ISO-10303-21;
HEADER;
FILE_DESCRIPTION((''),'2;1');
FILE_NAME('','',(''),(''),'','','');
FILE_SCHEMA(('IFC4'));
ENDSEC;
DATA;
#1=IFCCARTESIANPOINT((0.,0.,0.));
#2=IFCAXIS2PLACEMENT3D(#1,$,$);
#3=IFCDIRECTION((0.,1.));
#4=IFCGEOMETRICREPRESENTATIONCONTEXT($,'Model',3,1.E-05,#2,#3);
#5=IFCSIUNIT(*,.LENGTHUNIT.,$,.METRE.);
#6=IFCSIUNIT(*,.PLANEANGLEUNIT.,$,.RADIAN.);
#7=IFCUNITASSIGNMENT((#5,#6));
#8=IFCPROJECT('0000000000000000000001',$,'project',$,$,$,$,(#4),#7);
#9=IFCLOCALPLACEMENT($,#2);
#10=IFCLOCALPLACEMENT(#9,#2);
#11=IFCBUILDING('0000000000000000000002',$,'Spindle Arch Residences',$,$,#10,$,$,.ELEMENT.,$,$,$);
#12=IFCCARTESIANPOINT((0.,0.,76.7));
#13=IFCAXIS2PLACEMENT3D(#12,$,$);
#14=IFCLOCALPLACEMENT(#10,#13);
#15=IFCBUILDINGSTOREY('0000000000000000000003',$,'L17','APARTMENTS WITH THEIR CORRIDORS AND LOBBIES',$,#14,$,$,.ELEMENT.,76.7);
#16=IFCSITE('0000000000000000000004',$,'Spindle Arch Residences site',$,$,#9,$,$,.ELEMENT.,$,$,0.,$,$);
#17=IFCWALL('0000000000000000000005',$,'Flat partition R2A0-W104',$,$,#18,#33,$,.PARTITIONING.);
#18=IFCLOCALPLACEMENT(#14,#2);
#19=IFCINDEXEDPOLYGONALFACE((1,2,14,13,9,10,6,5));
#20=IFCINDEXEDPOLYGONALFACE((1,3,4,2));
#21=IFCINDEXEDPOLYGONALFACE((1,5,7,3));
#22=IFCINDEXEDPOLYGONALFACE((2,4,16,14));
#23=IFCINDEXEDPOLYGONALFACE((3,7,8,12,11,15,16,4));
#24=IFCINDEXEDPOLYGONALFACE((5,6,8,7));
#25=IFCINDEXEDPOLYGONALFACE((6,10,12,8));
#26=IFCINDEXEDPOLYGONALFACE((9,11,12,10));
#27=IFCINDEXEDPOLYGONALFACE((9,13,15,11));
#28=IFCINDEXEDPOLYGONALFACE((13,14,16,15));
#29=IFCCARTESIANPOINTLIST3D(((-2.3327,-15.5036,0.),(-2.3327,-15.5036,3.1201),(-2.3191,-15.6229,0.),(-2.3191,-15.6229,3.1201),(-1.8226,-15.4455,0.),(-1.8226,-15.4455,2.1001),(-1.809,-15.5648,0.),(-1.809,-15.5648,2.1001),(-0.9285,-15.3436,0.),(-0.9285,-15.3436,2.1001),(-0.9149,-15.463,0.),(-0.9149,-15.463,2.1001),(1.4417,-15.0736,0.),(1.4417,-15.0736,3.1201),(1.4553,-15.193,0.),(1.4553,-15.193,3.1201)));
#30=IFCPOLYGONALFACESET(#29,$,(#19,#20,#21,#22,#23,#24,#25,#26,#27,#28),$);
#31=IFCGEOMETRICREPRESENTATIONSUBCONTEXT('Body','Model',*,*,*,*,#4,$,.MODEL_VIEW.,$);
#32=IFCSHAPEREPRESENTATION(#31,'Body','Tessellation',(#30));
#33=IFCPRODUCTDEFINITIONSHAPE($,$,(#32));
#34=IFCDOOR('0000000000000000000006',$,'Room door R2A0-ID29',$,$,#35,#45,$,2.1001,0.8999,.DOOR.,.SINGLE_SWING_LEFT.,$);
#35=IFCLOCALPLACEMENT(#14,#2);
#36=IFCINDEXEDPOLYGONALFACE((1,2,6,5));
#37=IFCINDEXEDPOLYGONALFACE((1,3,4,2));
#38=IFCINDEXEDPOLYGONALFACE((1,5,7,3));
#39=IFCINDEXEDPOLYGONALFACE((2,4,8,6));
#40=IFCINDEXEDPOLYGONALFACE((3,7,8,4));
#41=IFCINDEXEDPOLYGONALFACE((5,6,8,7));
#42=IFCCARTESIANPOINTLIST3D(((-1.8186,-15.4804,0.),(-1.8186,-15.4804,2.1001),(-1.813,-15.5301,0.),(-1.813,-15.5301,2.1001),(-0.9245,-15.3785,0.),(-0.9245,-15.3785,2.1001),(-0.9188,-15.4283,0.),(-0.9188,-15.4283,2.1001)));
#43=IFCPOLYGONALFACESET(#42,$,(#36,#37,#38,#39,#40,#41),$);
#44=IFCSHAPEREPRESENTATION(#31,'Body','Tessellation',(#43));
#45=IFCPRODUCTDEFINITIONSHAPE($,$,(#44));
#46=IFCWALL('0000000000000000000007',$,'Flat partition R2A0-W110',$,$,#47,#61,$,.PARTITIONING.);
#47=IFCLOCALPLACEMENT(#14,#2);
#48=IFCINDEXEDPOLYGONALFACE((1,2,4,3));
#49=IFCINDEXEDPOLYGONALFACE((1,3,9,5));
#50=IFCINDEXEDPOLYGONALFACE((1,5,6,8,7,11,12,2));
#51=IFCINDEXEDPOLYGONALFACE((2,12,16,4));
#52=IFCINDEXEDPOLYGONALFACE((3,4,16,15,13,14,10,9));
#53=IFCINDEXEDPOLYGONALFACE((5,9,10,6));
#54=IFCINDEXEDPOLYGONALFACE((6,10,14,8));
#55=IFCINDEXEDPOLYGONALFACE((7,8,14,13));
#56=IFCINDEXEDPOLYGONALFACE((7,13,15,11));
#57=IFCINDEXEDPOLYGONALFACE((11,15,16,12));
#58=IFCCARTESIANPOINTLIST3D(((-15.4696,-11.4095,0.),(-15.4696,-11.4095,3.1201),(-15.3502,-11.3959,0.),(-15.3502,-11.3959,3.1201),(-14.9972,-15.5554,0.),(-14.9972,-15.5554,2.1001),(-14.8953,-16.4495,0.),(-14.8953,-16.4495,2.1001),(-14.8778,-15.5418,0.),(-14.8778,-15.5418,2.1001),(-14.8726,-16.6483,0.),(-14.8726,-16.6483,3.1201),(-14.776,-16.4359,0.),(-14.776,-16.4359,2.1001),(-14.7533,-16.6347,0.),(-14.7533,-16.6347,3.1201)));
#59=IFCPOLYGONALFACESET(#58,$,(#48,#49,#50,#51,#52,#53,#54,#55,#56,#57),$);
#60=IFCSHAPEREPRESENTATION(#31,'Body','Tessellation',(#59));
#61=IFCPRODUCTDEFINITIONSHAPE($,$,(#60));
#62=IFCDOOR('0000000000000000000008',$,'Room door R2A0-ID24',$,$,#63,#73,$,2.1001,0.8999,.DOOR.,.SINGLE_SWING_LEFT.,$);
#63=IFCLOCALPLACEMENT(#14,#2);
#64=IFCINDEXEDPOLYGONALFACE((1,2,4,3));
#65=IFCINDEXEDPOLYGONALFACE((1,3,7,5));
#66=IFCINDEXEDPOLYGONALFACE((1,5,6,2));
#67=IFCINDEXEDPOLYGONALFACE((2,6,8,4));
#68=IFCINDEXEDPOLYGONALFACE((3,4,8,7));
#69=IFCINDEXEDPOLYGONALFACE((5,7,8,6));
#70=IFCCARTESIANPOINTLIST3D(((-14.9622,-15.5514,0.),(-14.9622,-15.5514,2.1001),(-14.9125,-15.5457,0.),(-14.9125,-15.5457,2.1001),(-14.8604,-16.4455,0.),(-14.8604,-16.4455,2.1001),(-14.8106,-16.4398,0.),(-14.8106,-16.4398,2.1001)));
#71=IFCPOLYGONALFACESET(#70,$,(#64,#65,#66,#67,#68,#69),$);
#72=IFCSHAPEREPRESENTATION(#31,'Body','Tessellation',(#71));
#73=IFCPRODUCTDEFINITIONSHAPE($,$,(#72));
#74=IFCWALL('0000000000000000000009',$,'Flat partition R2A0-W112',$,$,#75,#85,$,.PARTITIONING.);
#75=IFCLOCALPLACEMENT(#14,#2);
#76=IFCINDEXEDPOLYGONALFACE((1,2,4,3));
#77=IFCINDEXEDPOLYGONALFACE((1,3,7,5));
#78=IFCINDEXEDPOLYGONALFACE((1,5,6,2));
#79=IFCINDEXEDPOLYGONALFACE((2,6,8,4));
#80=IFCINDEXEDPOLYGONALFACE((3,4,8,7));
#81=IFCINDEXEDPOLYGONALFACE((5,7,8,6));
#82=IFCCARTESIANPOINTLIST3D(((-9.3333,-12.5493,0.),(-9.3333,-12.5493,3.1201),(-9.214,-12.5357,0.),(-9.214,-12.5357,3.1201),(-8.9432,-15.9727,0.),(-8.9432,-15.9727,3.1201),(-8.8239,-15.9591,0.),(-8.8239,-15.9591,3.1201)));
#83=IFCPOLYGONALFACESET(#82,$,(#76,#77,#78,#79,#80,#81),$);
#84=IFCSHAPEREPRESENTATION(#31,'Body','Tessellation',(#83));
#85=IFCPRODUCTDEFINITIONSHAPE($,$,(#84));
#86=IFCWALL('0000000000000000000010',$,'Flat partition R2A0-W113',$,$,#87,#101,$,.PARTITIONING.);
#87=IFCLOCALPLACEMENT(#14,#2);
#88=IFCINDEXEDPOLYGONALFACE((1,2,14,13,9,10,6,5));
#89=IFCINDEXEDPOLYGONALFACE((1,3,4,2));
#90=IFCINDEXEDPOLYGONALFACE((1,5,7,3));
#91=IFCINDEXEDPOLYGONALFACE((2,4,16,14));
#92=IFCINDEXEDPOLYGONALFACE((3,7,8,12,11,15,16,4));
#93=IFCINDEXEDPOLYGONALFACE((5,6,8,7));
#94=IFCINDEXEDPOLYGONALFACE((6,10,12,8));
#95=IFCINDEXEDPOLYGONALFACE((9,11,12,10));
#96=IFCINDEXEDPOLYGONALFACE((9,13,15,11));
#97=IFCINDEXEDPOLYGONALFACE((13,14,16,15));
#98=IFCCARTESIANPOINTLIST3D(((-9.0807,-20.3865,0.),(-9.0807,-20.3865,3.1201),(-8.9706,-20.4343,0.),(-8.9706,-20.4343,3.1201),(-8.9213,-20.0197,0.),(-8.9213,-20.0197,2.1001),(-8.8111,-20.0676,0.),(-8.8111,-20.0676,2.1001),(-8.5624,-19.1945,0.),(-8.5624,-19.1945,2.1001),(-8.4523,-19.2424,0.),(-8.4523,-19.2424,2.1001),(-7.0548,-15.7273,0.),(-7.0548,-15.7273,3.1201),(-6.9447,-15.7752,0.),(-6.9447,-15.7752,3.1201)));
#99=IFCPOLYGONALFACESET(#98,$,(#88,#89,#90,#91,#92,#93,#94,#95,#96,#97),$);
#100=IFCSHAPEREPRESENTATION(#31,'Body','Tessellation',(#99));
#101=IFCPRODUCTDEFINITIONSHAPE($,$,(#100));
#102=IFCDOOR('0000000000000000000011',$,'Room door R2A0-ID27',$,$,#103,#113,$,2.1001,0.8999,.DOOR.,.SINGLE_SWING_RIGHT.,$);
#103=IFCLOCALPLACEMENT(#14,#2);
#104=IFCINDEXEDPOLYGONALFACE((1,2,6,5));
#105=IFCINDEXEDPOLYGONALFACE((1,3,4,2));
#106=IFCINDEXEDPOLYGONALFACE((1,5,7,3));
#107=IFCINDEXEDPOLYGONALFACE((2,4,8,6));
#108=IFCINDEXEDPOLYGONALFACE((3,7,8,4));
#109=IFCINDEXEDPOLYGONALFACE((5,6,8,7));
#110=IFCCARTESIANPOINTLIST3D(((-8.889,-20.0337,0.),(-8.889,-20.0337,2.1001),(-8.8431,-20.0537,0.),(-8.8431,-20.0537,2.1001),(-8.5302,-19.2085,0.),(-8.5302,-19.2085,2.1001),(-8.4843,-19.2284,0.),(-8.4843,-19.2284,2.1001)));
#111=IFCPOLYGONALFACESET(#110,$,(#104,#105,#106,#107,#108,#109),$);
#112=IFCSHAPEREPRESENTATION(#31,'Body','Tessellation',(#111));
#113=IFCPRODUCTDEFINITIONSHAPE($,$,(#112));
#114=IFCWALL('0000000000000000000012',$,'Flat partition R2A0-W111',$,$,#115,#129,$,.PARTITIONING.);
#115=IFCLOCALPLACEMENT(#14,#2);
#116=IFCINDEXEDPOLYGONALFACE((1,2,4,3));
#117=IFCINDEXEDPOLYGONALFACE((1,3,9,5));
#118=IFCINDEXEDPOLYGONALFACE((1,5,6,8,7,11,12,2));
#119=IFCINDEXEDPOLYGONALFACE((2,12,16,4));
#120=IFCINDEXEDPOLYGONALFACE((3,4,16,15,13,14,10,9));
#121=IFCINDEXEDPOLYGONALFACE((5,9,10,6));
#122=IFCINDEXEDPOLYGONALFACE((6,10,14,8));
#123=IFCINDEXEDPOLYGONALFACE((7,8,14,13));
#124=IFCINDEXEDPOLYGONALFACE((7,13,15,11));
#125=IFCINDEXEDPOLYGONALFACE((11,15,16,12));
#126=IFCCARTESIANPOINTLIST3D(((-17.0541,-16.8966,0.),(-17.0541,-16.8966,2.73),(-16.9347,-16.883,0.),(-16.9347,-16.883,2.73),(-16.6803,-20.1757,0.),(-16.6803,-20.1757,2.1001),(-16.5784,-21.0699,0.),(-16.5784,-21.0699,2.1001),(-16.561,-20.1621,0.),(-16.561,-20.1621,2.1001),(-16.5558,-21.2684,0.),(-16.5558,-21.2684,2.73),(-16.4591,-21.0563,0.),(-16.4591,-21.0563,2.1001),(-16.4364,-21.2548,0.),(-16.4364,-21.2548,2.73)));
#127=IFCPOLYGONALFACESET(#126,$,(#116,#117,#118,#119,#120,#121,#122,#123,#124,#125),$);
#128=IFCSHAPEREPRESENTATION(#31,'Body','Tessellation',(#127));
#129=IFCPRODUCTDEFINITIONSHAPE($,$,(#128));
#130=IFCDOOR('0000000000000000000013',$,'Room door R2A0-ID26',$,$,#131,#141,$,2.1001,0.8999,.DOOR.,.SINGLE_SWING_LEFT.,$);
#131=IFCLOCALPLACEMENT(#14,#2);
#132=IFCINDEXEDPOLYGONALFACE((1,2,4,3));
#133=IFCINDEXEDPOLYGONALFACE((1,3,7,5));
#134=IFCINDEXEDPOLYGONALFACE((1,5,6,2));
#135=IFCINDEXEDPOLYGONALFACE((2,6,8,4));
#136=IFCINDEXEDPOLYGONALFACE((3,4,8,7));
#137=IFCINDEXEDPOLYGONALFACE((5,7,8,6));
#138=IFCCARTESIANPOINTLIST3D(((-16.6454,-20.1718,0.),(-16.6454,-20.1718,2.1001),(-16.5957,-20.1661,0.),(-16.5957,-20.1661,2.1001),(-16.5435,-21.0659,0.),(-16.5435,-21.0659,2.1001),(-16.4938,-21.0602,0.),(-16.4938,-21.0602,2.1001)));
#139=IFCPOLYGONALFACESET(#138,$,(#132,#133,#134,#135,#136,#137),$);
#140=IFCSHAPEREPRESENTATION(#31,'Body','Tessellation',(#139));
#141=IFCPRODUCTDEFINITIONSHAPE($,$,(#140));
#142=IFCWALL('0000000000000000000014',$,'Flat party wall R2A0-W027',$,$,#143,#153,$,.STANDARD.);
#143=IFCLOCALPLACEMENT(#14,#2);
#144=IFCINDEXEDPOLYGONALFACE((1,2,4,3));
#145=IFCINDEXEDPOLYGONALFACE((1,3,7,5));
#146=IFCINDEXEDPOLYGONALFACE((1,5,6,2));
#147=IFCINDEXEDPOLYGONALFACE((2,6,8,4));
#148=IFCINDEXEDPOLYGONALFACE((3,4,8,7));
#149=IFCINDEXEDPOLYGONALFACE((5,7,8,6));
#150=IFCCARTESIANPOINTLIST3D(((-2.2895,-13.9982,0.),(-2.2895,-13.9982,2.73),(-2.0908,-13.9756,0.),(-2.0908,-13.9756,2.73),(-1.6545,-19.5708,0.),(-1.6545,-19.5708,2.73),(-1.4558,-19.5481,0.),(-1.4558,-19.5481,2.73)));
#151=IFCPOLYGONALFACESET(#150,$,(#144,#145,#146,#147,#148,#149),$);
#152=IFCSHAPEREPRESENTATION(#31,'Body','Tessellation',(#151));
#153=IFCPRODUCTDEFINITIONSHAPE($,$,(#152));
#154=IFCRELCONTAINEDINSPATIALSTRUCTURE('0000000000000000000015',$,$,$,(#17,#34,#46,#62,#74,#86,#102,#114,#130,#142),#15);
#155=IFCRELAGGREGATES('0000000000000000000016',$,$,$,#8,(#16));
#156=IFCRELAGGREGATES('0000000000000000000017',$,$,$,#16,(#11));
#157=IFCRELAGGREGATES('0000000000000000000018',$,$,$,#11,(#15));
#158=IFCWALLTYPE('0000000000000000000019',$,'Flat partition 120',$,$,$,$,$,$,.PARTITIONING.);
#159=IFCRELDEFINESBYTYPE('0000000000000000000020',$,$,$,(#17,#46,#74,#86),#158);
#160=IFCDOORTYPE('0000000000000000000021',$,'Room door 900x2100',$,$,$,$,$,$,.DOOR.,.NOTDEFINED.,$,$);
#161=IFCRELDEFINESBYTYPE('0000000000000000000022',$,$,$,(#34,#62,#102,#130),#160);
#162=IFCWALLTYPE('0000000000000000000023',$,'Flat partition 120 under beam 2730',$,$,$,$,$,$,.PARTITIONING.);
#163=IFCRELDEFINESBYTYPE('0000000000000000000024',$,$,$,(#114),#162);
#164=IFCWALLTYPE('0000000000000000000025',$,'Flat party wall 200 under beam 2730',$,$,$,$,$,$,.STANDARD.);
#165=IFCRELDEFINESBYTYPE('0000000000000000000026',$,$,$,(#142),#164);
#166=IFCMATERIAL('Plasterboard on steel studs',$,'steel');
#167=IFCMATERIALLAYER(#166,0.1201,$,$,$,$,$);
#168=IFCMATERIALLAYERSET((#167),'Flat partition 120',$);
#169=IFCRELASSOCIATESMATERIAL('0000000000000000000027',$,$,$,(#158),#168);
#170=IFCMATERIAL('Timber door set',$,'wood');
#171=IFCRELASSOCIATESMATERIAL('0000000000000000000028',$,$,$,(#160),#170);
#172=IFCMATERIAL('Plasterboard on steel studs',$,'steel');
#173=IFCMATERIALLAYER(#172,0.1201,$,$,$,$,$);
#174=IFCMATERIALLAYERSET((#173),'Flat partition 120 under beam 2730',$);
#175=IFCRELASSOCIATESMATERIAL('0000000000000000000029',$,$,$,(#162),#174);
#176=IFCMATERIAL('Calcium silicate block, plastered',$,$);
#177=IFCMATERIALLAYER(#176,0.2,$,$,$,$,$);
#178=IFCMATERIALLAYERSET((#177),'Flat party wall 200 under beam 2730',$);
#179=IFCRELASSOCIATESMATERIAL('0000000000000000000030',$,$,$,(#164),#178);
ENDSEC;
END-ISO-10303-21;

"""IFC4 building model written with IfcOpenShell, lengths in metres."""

from ifc_helpers import new_model, si_unit, direction, frame, frame_2d, origin, place, context, subcontext, project, spatial, rectangle, extrude, material, layer, layer_set, type_object, element, fill, save


model = new_model("IFC4")

# Units and contexts
model_context = context("Model", 3, precision=1e-05, world=origin(), true_north=direction((0.0, 1.0)))
body_context = subcontext(model_context, "Body", "Model", "MODEL_VIEW")
ifc_project = project(units=[si_unit("LENGTHUNIT", "METRE"), si_unit("PLANEANGLEUNIT", "RADIAN")], contexts=[model_context])

# Site, building, storey
site_placement = place(None, origin())
site = spatial("IfcSite", under=ifc_project, at=site_placement, Name="Spindle Arch Residences site", CompositionType="ELEMENT", RefElevation=0.0)
building_placement = place(site_placement, origin())
building = spatial("IfcBuilding", under=site, at=building_placement, Name="Spindle Arch Residences", CompositionType="ELEMENT")
storey_placement = place(building_placement, frame((0.0, 0.0, 76.7)))
storey = spatial("IfcBuildingStorey", under=building, at=storey_placement, Name="L17", Description="APARTMENTS WITH THEIR CORRIDORS AND LOBBIES", CompositionType="ELEMENT", Elevation=76.7)

# Shared definitions
ifc_material_1 = material(Name="Plasterboard on steel studs", Category="steel")
ifc_layer_1 = layer(ifc_material_1, 0.1201)
ifc_layer_set_1 = layer_set([ifc_layer_1], Name="Flat partition 120")
wall_type_1 = type_object("IfcWallType", Name="Flat partition 120", PredefinedType="PARTITIONING", material=ifc_layer_set_1)

# Walls, openings, doors
wall_1_placement = place(storey_placement, frame((-2.3259, -15.5632, 0.0), z_axis=(0.0, 0.0, 1.0), x_axis=(0.993575, 0.113175, 0.0)))
wall_1 = element("IfcWall", 1, at=wall_1_placement, inside=storey, type_object=wall_type_1, Name="Flat partition R2A0-W104", PredefinedType="PARTITIONING", context=body_context, shape_type="SweptSolid", body=[
    extrude(rectangle(XDim=3.7988, YDim=0.1201, at=frame_2d((1.8994, 0.0))), origin(), (0.0, 0.0, 1.0), 3.1201),
])
opening_1_placement = place(wall_1_placement, frame((0.5134, 0.0, 0.0)))
opening_1 = element("IfcOpeningElement", 2, at=opening_1_placement, cuts=wall_1, PredefinedType="OPENING", context=body_context, shape_type="SweptSolid", body=[
    extrude(rectangle(XDim=0.8999, YDim=2.1001, at=frame_2d((0.45, 1.05))), frame((0.0, 0.0701, 0.0), z_axis=(0.0, -1.0, 0.0), x_axis=(1.0, 0.0, 0.0)), (0.0, 0.0, 1.0), 0.1401),
])
ifc_material_2 = material(Name="Timber door set", Category="wood")
door_type_1 = type_object("IfcDoorType", Name="Room door 900x2100", OperationType="NOTDEFINED", PredefinedType="DOOR", material=ifc_material_2)
door_1_placement = place(opening_1_placement, origin())
door_1 = element("IfcDoor", 3, at=door_1_placement, inside=storey, type_object=door_type_1, Name="Room door R2A0-ID29", OperationType="SINGLE_SWING_LEFT", OverallHeight=2.1001, OverallWidth=0.8999, PredefinedType="DOOR", context=body_context, shape_type="SweptSolid", body=[
    extrude(rectangle(XDim=0.8999, YDim=2.1001, at=frame_2d((0.45, 1.05))), frame((0.0, 0.0249, 0.0), z_axis=(0.0, -1.0, 0.0), x_axis=(1.0, 0.0, 0.0)), (0.0, 0.0, 1.0), 0.05),
])
fill(opening_1, door_1)
wall_2_placement = place(storey_placement, frame((-14.813, -16.6414, 0.0), z_axis=(0.0, 0.0, 1.0), x_axis=(-0.113211, 0.993571, 0.0)))
wall_2 = element("IfcWall", 4, at=wall_2_placement, inside=storey, type_object=wall_type_1, Name="Flat partition R2A0-W110", PredefinedType="PARTITIONING", context=body_context, shape_type="SweptSolid", body=[
    extrude(rectangle(XDim=5.2727, YDim=0.1201, at=frame_2d((2.6362, 0.0))), origin(), (0.0, 0.0, 1.0), 3.1201),
])
opening_2_placement = place(wall_2_placement, frame((0.2, 0.0, 0.0)))
opening_2 = element("IfcOpeningElement", 5, at=opening_2_placement, cuts=wall_2, PredefinedType="OPENING", context=body_context, shape_type="SweptSolid", body=[
    extrude(rectangle(XDim=0.8999, YDim=2.1001, at=frame_2d((0.45, 1.05))), frame((0.0, 0.0701, 0.0), z_axis=(0.0, -1.0, 0.0), x_axis=(1.0, 0.0, 0.0)), (0.0, 0.0, 1.0), 0.1401),
])
door_2_placement = place(opening_2_placement, origin())
door_2 = element("IfcDoor", 6, at=door_2_placement, inside=storey, type_object=door_type_1, Name="Room door R2A0-ID24", OperationType="SINGLE_SWING_LEFT", OverallHeight=2.1001, OverallWidth=0.8999, PredefinedType="DOOR", context=body_context, shape_type="SweptSolid", body=[
    extrude(rectangle(XDim=0.8999, YDim=2.1001, at=frame_2d((0.45, 1.05))), frame((0.0, 0.0249, 0.0), z_axis=(0.0, -1.0, 0.0), x_axis=(1.0, 0.0, 0.0)), (0.0, 0.0, 1.0), 0.05),
])
fill(opening_2, door_2)

# Wall
wall_3_placement = place(storey_placement, frame((-8.8835, -15.9658, 0.0), z_axis=(0.0, 0.0, 1.0), x_axis=(-0.113231, 0.993569, 0.0)))
element("IfcWall", 7, at=wall_3_placement, inside=storey, type_object=wall_type_1, Name="Flat partition R2A0-W112", PredefinedType="PARTITIONING", context=body_context, shape_type="SweptSolid", body=[
    extrude(rectangle(XDim=3.4456, YDim=0.1201, at=frame_2d((1.7227, 0.0))), origin(), (0.0, 0.0, 1.0), 3.1201),
])

# Walls, openings, doors
wall_4_placement = place(storey_placement, frame((-9.0256, -20.4104, 0.0), z_axis=(0.0, 0.0, 1.0), x_axis=(0.398751, 0.917059, 0.0)))
wall_4 = element("IfcWall", 8, at=wall_4_placement, inside=storey, type_object=wall_type_1, Name="Flat partition R2A0-W113", PredefinedType="PARTITIONING", context=body_context, shape_type="SweptSolid", body=[
    extrude(rectangle(XDim=5.0806, YDim=0.1201, at=frame_2d((2.5403, 0.0))), origin(), (0.0, 0.0, 1.0), 3.1201),
])
opening_3_placement = place(wall_4_placement, frame((0.3999, 0.0, 0.0)))
opening_3 = element("IfcOpeningElement", 9, at=opening_3_placement, cuts=wall_4, PredefinedType="OPENING", context=body_context, shape_type="SweptSolid", body=[
    extrude(rectangle(XDim=0.8999, YDim=2.1001, at=frame_2d((0.45, 1.05))), frame((0.0, 0.0701, 0.0), z_axis=(0.0, -1.0, 0.0), x_axis=(1.0, 0.0, 0.0)), (0.0, 0.0, 1.0), 0.1401),
])
door_3_placement = place(opening_3_placement, origin())
door_3 = element("IfcDoor", 10, at=door_3_placement, inside=storey, type_object=door_type_1, Name="Room door R2A0-ID27", OperationType="SINGLE_SWING_RIGHT", OverallHeight=2.1001, OverallWidth=0.8999, PredefinedType="DOOR", context=body_context, shape_type="SweptSolid", body=[
    extrude(rectangle(XDim=0.8999, YDim=2.1001, at=frame_2d((0.45, 1.05))), frame((0.0, 0.0249, 0.0), z_axis=(0.0, -1.0, 0.0), x_axis=(1.0, 0.0, 0.0)), (0.0, 0.0, 1.0), 0.05),
])
fill(opening_3, door_3)
ifc_material_3 = material(Name="Plasterboard on steel studs", Category="steel")
ifc_layer_2 = layer(ifc_material_3, 0.1201)
ifc_layer_set_2 = layer_set([ifc_layer_2], Name="Flat partition 120 under beam 2730")
wall_type_2 = type_object("IfcWallType", Name="Flat partition 120 under beam 2730", PredefinedType="PARTITIONING", material=ifc_layer_set_2)
wall_5_placement = place(storey_placement, frame((-16.4961, -21.2617, 0.0), z_axis=(0.0, 0.0, 1.0), x_axis=(-0.113245, 0.993567, 0.0)))
wall_5 = element("IfcWall", 11, at=wall_5_placement, inside=storey, type_object=wall_type_2, Name="Flat partition R2A0-W111", PredefinedType="PARTITIONING", context=body_context, shape_type="SweptSolid", body=[
    extrude(rectangle(XDim=4.4001, YDim=0.1201, at=frame_2d((2.2002, 0.0))), origin(), (0.0, 0.0, 1.0), 2.73),
])
opening_4_placement = place(wall_5_placement, frame((0.2, 0.0, 0.0)))
opening_4 = element("IfcOpeningElement", 12, at=opening_4_placement, cuts=wall_5, PredefinedType="OPENING", context=body_context, shape_type="SweptSolid", body=[
    extrude(rectangle(XDim=0.8999, YDim=2.1001, at=frame_2d((0.45, 1.05))), frame((0.0, 0.0701, 0.0), z_axis=(0.0, -1.0, 0.0), x_axis=(1.0, 0.0, 0.0)), (0.0, 0.0, 1.0), 0.1401),
])
door_4_placement = place(opening_4_placement, origin())
door_4 = element("IfcDoor", 13, at=door_4_placement, inside=storey, type_object=door_type_1, Name="Room door R2A0-ID26", OperationType="SINGLE_SWING_LEFT", OverallHeight=2.1001, OverallWidth=0.8999, PredefinedType="DOOR", context=body_context, shape_type="SweptSolid", body=[
    extrude(rectangle(XDim=0.8999, YDim=2.1001, at=frame_2d((0.45, 1.05))), frame((0.0, 0.0249, 0.0), z_axis=(0.0, -1.0, 0.0), x_axis=(1.0, 0.0, 0.0)), (0.0, 0.0, 1.0), 0.05),
])
fill(opening_4, door_4)

# Wall
ifc_material_4 = material(Name="Calcium silicate block, plastered")
ifc_layer_3 = layer(ifc_material_4, 0.2)
ifc_layer_set_3 = layer_set([ifc_layer_3], Name="Flat party wall 200 under beam 2730")
wall_type_3 = type_object("IfcWallType", Name="Flat party wall 200 under beam 2730", PredefinedType="STANDARD", material=ifc_layer_set_3)
wall_6_placement = place(storey_placement, frame((-1.5552, -19.5593, 0.0), z_axis=(0.0, 0.0, 1.0), x_axis=(-0.113221, 0.99357, 0.0)))
element("IfcWall", 14, at=wall_6_placement, inside=storey, type_object=wall_type_3, Name="Flat party wall R2A0-W027", PredefinedType="STANDARD", context=body_context, shape_type="SweptSolid", body=[
    extrude(rectangle(XDim=5.6086, YDim=0.2, at=frame_2d((2.8042, 0.0))), origin(), (0.0, 0.0, 1.0), 2.73),
])

save(model, "model.ifc")
